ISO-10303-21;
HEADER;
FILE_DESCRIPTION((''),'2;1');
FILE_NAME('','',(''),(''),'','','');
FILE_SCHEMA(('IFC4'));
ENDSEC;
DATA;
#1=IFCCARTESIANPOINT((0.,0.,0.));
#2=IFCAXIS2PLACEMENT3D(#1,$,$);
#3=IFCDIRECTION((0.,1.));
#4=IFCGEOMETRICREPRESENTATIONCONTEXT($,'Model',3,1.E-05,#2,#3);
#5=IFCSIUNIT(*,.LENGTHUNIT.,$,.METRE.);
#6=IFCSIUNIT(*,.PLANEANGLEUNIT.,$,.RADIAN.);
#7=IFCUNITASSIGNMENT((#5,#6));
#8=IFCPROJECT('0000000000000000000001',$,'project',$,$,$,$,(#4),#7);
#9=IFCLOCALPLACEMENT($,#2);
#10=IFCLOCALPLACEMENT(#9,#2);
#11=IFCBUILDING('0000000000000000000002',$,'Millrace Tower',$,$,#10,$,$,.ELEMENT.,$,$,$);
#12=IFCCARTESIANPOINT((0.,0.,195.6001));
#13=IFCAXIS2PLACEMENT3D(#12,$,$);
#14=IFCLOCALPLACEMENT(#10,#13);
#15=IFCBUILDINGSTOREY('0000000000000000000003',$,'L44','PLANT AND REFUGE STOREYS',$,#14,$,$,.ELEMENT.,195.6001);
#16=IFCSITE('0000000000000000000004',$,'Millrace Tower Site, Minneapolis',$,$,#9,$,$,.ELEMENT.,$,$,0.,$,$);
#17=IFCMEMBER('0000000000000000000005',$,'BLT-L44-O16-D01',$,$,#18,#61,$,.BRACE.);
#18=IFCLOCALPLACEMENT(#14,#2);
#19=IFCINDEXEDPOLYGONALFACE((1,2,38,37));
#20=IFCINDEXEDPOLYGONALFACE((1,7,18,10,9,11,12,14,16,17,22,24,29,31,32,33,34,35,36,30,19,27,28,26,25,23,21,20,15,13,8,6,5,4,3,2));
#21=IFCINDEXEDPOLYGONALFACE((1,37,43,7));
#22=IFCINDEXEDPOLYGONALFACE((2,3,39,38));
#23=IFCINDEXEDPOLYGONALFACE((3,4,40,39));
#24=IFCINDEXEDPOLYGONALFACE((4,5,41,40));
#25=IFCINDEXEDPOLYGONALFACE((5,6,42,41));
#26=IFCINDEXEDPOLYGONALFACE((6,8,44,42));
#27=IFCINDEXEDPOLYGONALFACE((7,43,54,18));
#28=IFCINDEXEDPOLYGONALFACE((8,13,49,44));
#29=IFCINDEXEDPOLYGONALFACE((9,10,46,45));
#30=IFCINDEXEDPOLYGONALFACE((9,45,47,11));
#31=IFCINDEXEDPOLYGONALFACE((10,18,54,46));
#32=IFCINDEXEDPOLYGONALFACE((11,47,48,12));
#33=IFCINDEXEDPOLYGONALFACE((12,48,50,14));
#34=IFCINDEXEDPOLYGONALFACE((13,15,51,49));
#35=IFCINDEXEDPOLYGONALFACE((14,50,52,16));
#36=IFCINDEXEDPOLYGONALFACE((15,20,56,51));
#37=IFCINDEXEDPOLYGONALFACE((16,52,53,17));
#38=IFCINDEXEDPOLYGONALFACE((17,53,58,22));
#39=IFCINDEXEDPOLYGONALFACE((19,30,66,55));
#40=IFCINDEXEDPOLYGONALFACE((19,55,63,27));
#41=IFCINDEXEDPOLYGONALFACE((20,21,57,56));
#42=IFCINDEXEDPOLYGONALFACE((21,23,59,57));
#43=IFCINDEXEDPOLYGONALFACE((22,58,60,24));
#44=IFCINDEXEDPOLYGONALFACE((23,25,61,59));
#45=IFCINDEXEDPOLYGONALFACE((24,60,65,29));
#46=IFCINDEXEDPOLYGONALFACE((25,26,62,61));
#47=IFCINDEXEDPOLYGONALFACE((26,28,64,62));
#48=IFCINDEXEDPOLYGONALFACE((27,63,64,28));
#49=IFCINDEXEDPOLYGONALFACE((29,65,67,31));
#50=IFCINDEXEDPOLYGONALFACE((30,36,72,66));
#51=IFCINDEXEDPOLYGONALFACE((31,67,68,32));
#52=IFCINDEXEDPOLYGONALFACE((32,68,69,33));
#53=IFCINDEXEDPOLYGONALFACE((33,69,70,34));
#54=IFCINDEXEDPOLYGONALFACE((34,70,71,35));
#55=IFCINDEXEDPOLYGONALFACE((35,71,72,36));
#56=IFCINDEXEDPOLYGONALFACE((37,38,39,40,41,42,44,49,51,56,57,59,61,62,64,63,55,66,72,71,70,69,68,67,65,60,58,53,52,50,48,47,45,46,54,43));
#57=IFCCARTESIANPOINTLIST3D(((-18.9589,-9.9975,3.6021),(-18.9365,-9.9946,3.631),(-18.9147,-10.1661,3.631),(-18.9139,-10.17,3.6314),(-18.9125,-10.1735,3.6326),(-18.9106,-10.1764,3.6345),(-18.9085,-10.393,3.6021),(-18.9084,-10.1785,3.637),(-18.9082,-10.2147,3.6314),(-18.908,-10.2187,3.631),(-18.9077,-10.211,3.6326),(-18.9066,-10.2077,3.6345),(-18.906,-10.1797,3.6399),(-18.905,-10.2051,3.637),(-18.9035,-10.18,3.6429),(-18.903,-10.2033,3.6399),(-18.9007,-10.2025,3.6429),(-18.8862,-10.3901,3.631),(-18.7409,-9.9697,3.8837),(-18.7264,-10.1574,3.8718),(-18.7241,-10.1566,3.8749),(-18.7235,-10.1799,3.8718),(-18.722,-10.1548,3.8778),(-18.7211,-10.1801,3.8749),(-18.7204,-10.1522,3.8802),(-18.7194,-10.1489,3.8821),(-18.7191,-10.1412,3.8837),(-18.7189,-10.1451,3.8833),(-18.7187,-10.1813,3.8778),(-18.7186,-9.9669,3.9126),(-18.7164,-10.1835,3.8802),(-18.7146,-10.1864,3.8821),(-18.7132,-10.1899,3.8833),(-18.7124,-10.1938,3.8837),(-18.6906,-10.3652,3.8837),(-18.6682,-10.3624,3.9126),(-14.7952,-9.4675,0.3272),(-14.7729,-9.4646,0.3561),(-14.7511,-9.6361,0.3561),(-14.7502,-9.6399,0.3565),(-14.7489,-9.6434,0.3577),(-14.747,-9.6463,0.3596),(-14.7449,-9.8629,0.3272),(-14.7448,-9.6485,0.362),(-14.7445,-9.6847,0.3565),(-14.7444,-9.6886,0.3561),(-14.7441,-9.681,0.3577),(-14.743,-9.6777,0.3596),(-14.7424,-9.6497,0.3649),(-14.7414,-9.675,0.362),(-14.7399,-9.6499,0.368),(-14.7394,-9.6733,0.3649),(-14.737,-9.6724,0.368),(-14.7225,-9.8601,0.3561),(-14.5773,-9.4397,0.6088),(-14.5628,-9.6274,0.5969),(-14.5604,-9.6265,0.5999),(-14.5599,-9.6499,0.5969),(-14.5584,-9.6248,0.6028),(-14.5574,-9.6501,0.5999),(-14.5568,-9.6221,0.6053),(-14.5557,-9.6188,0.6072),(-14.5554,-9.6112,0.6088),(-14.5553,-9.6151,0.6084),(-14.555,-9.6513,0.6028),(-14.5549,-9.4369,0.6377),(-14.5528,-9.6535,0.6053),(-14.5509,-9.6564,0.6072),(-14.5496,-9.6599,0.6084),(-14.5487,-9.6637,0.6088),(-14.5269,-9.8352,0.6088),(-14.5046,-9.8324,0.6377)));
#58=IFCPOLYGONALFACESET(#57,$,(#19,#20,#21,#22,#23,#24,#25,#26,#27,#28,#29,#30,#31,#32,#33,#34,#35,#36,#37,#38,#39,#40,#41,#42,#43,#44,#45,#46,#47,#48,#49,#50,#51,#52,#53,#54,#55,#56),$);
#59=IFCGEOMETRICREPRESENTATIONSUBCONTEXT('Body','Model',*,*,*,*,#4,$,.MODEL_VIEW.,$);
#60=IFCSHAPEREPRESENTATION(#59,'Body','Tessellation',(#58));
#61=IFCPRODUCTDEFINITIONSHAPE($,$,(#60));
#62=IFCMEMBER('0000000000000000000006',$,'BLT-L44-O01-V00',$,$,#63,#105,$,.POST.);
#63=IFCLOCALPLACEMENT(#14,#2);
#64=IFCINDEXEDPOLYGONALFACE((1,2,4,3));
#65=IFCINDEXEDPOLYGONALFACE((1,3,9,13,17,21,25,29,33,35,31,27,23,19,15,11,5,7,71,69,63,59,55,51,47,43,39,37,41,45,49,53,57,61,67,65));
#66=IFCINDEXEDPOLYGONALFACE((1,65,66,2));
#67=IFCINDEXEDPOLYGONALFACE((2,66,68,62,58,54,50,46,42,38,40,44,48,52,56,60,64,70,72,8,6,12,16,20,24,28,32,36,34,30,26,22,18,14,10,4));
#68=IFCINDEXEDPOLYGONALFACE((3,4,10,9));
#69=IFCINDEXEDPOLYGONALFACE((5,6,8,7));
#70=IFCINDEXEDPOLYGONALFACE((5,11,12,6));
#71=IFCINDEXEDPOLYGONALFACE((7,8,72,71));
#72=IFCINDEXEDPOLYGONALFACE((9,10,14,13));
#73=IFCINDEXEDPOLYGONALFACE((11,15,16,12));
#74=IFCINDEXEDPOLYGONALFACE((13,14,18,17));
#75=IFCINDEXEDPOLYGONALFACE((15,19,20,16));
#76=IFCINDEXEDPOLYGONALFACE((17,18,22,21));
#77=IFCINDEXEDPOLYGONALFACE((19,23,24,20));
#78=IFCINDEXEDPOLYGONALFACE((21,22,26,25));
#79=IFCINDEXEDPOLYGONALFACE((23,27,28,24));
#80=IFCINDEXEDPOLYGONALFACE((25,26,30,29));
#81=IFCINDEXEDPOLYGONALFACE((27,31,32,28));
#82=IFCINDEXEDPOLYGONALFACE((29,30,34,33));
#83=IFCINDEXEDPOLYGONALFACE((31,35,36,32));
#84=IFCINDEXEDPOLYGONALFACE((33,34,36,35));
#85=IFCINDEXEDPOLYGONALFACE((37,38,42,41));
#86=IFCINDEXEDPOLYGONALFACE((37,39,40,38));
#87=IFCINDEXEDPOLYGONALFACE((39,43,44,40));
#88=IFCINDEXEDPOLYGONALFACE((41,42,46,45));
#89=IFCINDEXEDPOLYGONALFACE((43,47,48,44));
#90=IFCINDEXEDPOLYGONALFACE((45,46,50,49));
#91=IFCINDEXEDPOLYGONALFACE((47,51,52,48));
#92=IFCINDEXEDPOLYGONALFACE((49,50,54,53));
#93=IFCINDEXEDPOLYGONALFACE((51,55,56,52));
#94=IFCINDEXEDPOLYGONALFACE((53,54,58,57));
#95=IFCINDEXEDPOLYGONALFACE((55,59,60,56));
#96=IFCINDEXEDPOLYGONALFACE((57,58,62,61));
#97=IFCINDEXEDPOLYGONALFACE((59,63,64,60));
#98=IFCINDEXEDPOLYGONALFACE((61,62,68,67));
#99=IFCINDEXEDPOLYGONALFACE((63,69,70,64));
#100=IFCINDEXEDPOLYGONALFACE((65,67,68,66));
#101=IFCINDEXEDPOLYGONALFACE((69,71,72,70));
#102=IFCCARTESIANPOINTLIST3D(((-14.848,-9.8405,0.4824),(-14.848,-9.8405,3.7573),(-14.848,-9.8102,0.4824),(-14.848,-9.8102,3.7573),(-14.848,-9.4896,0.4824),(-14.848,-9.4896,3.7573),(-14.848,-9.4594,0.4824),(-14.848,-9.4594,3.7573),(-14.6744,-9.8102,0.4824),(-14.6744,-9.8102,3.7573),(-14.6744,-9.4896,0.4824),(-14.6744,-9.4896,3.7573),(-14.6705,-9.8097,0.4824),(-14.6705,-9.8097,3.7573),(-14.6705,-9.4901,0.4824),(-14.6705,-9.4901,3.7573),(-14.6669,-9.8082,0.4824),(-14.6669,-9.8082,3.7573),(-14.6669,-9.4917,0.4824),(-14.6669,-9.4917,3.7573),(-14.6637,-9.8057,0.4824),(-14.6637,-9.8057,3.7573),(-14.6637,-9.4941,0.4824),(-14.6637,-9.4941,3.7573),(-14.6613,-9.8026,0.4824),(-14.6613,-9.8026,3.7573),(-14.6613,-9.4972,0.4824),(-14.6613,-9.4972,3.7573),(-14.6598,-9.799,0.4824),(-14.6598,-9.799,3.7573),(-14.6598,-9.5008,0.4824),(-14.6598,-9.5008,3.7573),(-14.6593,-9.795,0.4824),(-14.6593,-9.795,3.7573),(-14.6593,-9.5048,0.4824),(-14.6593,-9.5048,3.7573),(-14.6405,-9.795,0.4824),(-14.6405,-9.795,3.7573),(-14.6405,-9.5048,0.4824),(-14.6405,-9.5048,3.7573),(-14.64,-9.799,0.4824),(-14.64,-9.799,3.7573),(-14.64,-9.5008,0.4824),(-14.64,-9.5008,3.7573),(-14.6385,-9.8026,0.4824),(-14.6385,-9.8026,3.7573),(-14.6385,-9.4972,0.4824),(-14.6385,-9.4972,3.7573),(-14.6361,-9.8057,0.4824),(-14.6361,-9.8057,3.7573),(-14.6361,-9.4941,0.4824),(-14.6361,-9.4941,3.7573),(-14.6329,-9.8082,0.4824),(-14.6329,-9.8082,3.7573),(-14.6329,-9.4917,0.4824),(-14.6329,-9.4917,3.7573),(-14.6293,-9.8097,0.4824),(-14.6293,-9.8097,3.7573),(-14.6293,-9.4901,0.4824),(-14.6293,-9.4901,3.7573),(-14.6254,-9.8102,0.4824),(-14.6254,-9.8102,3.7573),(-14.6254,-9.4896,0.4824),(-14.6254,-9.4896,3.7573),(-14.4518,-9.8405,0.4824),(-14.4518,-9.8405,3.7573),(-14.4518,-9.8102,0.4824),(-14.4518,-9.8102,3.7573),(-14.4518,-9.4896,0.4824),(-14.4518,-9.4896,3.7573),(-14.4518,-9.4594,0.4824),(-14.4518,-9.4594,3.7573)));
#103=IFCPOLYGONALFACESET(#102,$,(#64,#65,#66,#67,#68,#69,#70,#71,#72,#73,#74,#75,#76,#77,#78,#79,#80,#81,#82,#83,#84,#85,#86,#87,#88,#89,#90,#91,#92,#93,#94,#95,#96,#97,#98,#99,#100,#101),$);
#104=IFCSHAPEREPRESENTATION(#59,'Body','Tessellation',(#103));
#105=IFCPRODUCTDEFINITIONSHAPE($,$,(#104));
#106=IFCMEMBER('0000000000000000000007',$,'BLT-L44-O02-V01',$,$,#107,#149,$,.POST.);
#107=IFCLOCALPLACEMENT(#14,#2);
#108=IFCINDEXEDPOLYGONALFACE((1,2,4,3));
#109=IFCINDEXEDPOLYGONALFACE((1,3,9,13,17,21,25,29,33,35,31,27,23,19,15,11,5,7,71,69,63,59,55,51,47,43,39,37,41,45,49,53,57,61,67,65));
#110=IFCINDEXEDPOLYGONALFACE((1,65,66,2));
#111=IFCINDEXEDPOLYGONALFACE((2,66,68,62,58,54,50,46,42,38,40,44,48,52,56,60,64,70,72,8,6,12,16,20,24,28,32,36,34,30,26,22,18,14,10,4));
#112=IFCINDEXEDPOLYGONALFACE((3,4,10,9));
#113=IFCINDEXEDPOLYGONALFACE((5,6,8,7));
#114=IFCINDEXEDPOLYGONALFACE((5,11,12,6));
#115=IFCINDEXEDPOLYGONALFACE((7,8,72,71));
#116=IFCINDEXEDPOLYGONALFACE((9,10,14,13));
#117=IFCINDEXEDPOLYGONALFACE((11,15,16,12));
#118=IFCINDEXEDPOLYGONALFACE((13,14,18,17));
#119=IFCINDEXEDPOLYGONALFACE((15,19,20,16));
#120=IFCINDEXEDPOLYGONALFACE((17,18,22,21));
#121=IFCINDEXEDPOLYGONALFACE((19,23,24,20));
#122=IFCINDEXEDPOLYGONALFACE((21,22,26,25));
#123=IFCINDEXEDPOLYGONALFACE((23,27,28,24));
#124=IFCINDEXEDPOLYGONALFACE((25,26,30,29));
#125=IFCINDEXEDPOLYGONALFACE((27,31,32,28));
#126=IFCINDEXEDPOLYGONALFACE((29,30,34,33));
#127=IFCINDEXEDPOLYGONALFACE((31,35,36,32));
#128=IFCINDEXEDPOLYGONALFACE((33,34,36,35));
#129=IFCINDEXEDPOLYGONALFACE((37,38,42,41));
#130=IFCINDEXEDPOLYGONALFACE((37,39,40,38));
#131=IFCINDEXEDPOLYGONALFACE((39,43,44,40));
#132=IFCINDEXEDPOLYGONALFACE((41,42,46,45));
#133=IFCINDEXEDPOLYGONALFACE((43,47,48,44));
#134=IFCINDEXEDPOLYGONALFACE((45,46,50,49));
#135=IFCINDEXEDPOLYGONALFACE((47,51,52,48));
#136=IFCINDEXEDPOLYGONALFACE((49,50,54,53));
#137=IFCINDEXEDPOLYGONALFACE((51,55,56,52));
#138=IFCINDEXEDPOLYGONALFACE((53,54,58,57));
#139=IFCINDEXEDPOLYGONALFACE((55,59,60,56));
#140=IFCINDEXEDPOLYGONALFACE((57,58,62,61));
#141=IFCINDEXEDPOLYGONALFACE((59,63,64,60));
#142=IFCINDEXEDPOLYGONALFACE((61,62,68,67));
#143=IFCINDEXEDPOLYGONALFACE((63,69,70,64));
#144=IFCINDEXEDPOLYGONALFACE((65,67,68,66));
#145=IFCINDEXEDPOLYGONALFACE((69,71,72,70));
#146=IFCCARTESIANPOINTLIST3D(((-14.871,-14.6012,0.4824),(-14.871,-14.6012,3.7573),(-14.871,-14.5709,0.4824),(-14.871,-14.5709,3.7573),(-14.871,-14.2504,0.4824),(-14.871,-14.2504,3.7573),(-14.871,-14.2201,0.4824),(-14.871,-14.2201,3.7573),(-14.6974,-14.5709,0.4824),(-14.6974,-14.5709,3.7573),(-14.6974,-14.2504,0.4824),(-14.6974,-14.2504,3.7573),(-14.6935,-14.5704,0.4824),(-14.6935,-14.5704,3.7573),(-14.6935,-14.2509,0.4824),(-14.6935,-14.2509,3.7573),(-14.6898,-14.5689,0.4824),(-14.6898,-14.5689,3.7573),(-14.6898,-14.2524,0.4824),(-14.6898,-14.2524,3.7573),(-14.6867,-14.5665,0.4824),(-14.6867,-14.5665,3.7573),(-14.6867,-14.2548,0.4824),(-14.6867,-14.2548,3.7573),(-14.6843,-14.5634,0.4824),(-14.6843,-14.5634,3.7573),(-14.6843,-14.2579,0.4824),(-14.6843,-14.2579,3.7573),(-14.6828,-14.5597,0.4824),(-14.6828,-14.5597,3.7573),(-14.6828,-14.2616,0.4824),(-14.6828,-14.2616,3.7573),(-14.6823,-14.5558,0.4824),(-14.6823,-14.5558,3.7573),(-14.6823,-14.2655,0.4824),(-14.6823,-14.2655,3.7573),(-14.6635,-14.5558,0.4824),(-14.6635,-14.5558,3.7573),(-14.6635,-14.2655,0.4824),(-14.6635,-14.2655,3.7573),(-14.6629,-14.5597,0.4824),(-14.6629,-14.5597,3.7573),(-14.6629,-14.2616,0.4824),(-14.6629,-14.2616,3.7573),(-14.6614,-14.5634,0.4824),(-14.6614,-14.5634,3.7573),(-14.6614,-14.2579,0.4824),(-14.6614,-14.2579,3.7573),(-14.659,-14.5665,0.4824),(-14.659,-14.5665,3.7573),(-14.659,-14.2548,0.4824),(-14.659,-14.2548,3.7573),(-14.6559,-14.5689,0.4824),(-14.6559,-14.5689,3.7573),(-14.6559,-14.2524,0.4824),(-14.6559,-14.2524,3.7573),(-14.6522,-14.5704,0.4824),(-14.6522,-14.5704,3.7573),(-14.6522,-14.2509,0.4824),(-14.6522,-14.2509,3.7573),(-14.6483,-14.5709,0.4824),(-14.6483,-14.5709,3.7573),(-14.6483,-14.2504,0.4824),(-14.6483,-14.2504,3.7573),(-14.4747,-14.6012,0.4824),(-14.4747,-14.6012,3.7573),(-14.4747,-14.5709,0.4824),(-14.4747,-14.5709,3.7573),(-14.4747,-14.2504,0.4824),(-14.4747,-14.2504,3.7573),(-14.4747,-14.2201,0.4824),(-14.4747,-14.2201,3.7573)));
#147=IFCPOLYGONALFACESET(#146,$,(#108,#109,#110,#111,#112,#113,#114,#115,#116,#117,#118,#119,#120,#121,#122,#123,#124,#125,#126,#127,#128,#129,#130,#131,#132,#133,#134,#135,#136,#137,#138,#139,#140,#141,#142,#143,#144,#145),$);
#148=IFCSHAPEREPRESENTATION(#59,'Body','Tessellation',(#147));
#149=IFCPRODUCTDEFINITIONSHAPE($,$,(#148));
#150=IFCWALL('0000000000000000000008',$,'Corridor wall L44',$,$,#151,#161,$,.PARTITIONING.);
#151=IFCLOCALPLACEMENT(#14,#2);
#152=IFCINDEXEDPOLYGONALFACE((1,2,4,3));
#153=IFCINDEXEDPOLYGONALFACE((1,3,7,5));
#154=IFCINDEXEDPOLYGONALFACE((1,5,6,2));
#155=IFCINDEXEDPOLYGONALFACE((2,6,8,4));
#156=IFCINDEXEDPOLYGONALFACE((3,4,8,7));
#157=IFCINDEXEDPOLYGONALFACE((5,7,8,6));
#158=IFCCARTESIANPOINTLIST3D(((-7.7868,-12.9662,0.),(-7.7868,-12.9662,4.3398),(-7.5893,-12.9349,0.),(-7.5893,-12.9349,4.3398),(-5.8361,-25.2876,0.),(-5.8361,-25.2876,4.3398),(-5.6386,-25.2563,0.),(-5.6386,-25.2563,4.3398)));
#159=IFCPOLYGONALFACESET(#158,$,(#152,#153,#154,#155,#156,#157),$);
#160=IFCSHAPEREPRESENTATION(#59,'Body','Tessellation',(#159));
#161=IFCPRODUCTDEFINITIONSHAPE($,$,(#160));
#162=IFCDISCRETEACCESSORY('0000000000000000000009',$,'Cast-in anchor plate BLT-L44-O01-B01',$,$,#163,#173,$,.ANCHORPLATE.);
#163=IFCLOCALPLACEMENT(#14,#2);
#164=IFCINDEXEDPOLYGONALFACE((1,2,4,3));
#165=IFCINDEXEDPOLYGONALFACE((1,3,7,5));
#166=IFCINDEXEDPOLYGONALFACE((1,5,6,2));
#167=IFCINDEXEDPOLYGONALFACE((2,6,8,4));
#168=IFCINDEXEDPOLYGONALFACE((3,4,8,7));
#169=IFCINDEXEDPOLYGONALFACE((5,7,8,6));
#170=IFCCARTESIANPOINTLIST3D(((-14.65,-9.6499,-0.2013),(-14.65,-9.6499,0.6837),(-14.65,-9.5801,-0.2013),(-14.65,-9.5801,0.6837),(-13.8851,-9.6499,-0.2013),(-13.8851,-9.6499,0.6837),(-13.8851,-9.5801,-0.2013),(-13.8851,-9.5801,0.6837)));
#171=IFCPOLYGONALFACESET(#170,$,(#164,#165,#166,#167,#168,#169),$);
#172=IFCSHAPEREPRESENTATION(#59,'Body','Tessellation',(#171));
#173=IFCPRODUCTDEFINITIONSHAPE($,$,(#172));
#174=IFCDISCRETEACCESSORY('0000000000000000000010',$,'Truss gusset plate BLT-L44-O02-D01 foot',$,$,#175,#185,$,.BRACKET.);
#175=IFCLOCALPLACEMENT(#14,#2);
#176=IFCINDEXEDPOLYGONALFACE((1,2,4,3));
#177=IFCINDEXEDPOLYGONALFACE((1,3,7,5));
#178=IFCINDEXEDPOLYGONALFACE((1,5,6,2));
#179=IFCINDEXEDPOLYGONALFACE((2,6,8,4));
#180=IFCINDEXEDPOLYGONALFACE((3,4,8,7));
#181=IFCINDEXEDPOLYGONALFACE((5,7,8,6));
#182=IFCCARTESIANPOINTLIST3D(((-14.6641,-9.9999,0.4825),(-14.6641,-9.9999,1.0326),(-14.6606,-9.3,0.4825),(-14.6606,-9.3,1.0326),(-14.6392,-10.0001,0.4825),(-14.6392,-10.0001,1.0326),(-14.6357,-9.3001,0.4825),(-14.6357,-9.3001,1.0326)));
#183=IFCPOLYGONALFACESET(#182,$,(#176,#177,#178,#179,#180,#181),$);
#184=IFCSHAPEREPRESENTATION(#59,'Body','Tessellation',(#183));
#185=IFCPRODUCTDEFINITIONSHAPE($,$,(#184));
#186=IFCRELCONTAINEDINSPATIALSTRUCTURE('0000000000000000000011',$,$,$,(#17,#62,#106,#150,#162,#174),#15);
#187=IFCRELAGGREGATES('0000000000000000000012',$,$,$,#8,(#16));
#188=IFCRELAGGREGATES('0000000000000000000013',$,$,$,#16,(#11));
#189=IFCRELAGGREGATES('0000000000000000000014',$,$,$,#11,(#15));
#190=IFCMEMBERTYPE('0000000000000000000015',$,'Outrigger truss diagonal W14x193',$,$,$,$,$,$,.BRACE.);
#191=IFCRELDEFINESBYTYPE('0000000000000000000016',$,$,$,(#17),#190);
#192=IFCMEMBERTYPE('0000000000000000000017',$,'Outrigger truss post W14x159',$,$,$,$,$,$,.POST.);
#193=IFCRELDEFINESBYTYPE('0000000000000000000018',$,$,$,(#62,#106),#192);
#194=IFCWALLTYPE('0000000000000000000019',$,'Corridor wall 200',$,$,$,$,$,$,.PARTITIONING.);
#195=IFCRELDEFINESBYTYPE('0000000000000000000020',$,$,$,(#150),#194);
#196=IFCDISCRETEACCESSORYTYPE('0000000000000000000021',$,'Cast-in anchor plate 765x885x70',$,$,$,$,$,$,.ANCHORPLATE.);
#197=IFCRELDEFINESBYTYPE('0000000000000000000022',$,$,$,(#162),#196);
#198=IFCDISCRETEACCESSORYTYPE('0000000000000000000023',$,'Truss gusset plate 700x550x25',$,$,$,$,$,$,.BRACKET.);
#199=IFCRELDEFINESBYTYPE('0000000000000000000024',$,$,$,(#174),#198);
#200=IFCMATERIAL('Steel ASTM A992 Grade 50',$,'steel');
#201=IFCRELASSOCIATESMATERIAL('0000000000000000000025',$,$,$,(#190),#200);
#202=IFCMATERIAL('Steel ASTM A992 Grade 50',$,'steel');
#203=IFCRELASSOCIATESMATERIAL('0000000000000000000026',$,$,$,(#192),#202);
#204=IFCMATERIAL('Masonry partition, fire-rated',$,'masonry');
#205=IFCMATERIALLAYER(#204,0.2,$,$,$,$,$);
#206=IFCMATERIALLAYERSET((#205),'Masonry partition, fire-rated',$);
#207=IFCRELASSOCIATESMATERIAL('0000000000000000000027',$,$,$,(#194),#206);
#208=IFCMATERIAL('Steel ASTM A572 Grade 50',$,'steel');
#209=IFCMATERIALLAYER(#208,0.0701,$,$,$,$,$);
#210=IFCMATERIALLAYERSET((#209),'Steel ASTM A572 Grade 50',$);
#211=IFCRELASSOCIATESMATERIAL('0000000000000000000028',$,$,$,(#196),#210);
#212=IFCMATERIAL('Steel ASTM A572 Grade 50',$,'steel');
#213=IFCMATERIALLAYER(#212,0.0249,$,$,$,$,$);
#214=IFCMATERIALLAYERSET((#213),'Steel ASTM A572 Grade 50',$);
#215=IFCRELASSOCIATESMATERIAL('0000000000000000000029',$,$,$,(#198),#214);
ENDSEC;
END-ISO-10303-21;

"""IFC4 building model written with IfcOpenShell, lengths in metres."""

from ifc_helpers import new_model, si_unit, direction, frame, frame_2d, origin, origin_2d, place, context, subcontext, project, spatial, rectangle, i_section, extrude, material, layer, layer_set, material_profile, profile_set, type_object, element, save


model = new_model("IFC4")

# Units and contexts
model_context = context("Model", 3, precision=1e-05, world=origin(), true_north=direction((0.0, 1.0)))
body_context = subcontext(model_context, "Body", "Model", "MODEL_VIEW")
ifc_project = project(units=[si_unit("LENGTHUNIT", "METRE"), si_unit("PLANEANGLEUNIT", "RADIAN")], contexts=[model_context])

# Site, building, storey
site_placement = place(None, origin())
site = spatial("IfcSite", under=ifc_project, at=site_placement, Name="Millrace Tower Site, Minneapolis", CompositionType="ELEMENT", RefElevation=0.0)
building_placement = place(site_placement, origin())
building = spatial("IfcBuilding", under=site, at=building_placement, Name="Millrace Tower", CompositionType="ELEMENT")
storey_placement = place(building_placement, frame((0.0, 0.0, 195.6001)))
storey = spatial("IfcBuildingStorey", under=building, at=storey_placement, Name="L44", Description="PLANT AND REFUGE STOREYS", CompositionType="ELEMENT", Elevation=195.6001)

# Members
ifc_material_1 = material(Name="Steel ASTM A992 Grade 50", Category="steel")
ifc_material_profile_1 = material_profile(ifc_material_1, i_section(OverallWidth=0.3987, OverallDepth=0.3938, WebThickness=0.0227, FlangeThickness=0.0366, FilletRadius=0.0151, at=origin_2d()))
ifc_profile_set_1 = profile_set([ifc_material_profile_1], Name="Steel ASTM A992 Grade 50")
member_type_1 = type_object("IfcMemberType", Name="Outrigger truss diagonal W14x193", PredefinedType="BRACE", material=ifc_profile_set_1)
member_1_placement = place(storey_placement, frame((-14.6499, -9.6499, 0.4824), z_axis=(-0.78209, -0.099561, 0.615161), x_axis=(0.126282, -0.991994, 0.0)))
element("IfcMember", 1, at=member_1_placement, inside=storey, type_object=member_type_1, Name="BLT-L44-O16-D01", PredefinedType="BRACE", context=body_context, shape_type="SweptSolid", body=[
    extrude(i_section(OverallWidth=0.3987, OverallDepth=0.3938, WebThickness=0.0227, FlangeThickness=0.0366, FilletRadius=0.0151, at=origin_2d()), origin(), (0.0, 0.0, 1.0), 5.3237),
])
ifc_material_2 = material(Name="Steel ASTM A992 Grade 50", Category="steel")
ifc_material_profile_2 = material_profile(ifc_material_2, i_section(OverallWidth=0.3962, OverallDepth=0.3811, WebThickness=0.0188, FlangeThickness=0.0303, FilletRadius=0.0151, at=origin_2d()))
ifc_profile_set_2 = profile_set([ifc_material_profile_2], Name="Steel ASTM A992 Grade 50")
member_type_2 = type_object("IfcMemberType", Name="Outrigger truss post W14x159", PredefinedType="POST", material=ifc_profile_set_2)
for number, where, z_axis, x_axis, name in (
    (2, (-14.6499, -9.6499, 0.4824), (0.0, 0.0, 1.0), (1.0, 0.0, 0.0), "BLT-L44-O01-V00"),
    (3, (-14.6729, -14.4106, 0.4824), (0.0, 0.0, 1.0), (1.0, 0.0, 0.0), "BLT-L44-O02-V01"),
):
    element("IfcMember", number, at=place(storey_placement, frame(where, z_axis=z_axis, x_axis=x_axis)), inside=storey, type_object=member_type_2, Name=name, PredefinedType="POST", context=body_context, shape_type="SweptSolid", body=[
        extrude(i_section(OverallWidth=0.3962, OverallDepth=0.3811, WebThickness=0.0188, FlangeThickness=0.0303, FilletRadius=0.0151, at=origin_2d()), origin(), (0.0, 0.0, 1.0), 3.2749),
    ])

# Wall
ifc_material_3 = material(Name="Masonry partition, fire-rated", Category="masonry")
ifc_layer_1 = layer(ifc_material_3, 0.2)
ifc_layer_set_1 = layer_set([ifc_layer_1], Name="Masonry partition, fire-rated")
wall_type = type_object("IfcWallType", Name="Corridor wall 200", PredefinedType="PARTITIONING", material=ifc_layer_set_1)
wall_placement = place(storey_placement, frame((-7.688, -12.9507, 0.0), z_axis=(0.0, 0.0, 1.0), x_axis=(0.156371, -0.987698, 0.0)))
element("IfcWall", 4, at=wall_placement, inside=storey, type_object=wall_type, Name="Corridor wall L44", PredefinedType="PARTITIONING", context=body_context, shape_type="SweptSolid", body=[
    extrude(rectangle(XDim=12.4749, YDim=0.2, at=frame_2d((6.2373, 0.0))), origin(), (0.0, 0.0, 1.0), 4.3398),
])

# Discrete accessories
ifc_material_4 = material(Name="Steel ASTM A572 Grade 50", Category="steel")
ifc_layer_2 = layer(ifc_material_4, 0.0701)
ifc_layer_set_2 = layer_set([ifc_layer_2], Name="Steel ASTM A572 Grade 50")
discrete_accessory_type_1 = type_object("IfcDiscreteAccessoryType", Name="Cast-in anchor plate 765x885x70", PredefinedType="ANCHORPLATE", material=ifc_layer_set_2)
discrete_accessory_1_placement = place(storey_placement, frame((-14.2676, -9.5801, 0.2412), z_axis=(0.0, -1.0, 0.0), x_axis=(1.0, 0.0, 0.0)))
element("IfcDiscreteAccessory", 5, at=discrete_accessory_1_placement, inside=storey, type_object=discrete_accessory_type_1, Name="Cast-in anchor plate BLT-L44-O01-B01", PredefinedType="ANCHORPLATE", context=body_context, shape_type="SweptSolid", body=[
    extrude(rectangle(XDim=0.7649, YDim=0.885, at=origin_2d()), origin(), (0.0, 0.0, 1.0), 0.0698),
])
ifc_material_5 = material(Name="Steel ASTM A572 Grade 50", Category="steel")
ifc_layer_3 = layer(ifc_material_5, 0.0249)
ifc_layer_set_3 = layer_set([ifc_layer_3], Name="Steel ASTM A572 Grade 50")
discrete_accessory_type_2 = type_object("IfcDiscreteAccessoryType", Name="Truss gusset plate 700x550x25", PredefinedType="BRACKET", material=ifc_layer_set_3)
discrete_accessory_2_placement = place(storey_placement, frame((-14.6516, -10.0, 0.7576), z_axis=(0.004883, 0.999988, 0.0), x_axis=(-0.999988, 0.004883, 0.0)))
element("IfcDiscreteAccessory", 6, at=discrete_accessory_2_placement, inside=storey, type_object=discrete_accessory_type_2, Name="Truss gusset plate BLT-L44-O02-D01 foot", PredefinedType="BRACKET", context=body_context, shape_type="SweptSolid", body=[
    extrude(rectangle(XDim=0.0249, YDim=0.55, at=origin_2d()), origin(), (0.0, 0.0, 1.0), 0.7),
])

save(model, "model.ifc")
